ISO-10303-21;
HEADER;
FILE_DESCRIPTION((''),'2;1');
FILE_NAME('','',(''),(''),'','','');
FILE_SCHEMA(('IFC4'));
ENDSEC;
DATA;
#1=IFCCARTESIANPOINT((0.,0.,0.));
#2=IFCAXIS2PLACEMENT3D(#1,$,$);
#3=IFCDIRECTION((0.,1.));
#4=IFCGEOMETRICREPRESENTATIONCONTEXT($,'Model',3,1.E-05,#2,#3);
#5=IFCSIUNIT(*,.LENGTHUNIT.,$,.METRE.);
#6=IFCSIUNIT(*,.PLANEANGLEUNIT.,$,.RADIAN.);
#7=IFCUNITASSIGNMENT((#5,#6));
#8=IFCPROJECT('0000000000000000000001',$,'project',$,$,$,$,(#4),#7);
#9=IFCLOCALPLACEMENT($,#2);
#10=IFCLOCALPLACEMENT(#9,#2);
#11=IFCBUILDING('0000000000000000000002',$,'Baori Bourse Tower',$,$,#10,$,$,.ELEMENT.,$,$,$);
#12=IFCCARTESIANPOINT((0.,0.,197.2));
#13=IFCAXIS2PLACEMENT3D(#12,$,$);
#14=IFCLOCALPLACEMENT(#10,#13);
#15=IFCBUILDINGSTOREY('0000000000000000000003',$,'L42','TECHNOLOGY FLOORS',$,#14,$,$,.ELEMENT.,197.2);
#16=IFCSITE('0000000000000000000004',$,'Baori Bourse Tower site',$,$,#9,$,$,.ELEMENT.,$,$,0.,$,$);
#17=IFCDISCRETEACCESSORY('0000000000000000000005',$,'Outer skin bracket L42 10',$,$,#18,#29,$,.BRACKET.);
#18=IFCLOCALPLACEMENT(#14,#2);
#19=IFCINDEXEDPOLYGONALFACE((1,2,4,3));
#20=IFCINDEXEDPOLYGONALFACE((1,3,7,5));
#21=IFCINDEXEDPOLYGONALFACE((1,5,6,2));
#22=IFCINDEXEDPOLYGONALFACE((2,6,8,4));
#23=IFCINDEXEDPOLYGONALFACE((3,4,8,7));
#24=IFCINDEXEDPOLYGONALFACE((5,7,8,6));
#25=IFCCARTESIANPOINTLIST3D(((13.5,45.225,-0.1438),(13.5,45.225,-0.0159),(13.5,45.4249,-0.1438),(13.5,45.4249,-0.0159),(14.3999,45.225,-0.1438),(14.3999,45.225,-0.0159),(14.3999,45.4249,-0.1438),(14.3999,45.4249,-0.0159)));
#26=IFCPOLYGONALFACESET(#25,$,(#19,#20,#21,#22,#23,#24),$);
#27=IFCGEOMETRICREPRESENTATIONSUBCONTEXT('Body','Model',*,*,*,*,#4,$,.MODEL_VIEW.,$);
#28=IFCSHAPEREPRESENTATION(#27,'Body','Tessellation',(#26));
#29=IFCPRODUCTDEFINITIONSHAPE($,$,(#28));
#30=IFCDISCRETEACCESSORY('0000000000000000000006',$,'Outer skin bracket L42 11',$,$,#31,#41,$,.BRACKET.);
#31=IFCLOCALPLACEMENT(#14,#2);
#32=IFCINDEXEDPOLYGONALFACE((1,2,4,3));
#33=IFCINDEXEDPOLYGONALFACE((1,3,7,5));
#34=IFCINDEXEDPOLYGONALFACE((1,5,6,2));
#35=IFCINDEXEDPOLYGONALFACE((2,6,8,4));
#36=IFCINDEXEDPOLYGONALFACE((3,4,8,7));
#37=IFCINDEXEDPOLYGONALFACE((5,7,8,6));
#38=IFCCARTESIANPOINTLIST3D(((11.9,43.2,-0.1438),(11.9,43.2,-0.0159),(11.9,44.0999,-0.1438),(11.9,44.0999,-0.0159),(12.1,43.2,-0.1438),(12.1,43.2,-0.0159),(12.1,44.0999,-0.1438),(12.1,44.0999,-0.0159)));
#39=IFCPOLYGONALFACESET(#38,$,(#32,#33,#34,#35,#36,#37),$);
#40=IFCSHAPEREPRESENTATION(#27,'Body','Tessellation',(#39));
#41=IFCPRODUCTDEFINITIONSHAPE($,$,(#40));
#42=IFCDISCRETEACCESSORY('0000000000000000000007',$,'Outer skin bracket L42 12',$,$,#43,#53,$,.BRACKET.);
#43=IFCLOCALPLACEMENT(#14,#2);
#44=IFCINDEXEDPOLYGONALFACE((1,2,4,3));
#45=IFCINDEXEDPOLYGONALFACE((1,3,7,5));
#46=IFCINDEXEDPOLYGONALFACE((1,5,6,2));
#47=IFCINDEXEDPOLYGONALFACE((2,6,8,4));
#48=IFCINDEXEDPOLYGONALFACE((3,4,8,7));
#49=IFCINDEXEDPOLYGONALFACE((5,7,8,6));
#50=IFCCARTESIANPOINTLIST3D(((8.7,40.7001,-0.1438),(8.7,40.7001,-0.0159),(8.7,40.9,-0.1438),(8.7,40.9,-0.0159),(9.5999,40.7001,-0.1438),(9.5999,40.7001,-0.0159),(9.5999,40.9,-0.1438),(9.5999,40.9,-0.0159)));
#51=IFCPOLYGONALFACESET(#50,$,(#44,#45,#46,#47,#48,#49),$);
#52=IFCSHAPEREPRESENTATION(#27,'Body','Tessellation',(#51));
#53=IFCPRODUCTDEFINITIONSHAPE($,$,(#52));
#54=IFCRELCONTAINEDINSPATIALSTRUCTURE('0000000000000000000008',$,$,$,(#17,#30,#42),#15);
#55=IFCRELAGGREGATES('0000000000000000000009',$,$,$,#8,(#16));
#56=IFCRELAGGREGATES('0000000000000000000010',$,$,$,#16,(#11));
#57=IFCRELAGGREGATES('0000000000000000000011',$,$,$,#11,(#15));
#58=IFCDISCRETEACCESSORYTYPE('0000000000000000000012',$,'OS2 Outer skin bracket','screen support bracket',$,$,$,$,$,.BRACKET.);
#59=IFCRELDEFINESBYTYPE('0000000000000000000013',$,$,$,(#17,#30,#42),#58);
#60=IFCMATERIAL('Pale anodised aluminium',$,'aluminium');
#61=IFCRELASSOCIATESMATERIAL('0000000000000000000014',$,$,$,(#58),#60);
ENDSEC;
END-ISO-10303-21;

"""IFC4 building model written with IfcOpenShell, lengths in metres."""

from ifc_helpers import new_model, si_unit, direction, frame, origin, origin_2d, place, context, subcontext, project, spatial, rectangle, extrude, material, type_object, element, save


model = new_model("IFC4")

# Units and contexts
model_context = context("Model", 3, precision=1e-05, world=origin(), true_north=direction((0.0, 1.0)))
body_context = subcontext(model_context, "Body", "Model", "MODEL_VIEW")
ifc_project = project(units=[si_unit("LENGTHUNIT", "METRE"), si_unit("PLANEANGLEUNIT", "RADIAN")], contexts=[model_context])

# Site, building, storey
site_placement = place(None, origin())
site = spatial("IfcSite", under=ifc_project, at=site_placement, Name="Baori Bourse Tower site", CompositionType="ELEMENT", RefElevation=0.0)
building_placement = place(site_placement, origin())
building = spatial("IfcBuilding", under=site, at=building_placement, Name="Baori Bourse Tower", CompositionType="ELEMENT")
storey_placement = place(building_placement, frame((0.0, 0.0, 197.2)))
storey = spatial("IfcBuildingStorey", under=building, at=storey_placement, Name="L42", Description="TECHNOLOGY FLOORS", CompositionType="ELEMENT", Elevation=197.2)

# Discrete accessories
ifc_material_1 = material(Name="Pale anodised aluminium", Category="aluminium")
discrete_accessory_type = type_object("IfcDiscreteAccessoryType", Name="OS2 Outer skin bracket", Description="screen support bracket", PredefinedType="BRACKET", material=ifc_material_1)
for number, where, z_axis, x_axis, name in (
    (1, (13.95, 45.325, -0.1438), (0.0, 0.0, 1.0), (0.0, -1.0, 0.0), "Outer skin bracket L42 10"),
    (2, (12.0, 43.6499, -0.1438), (0.0, 0.0, 1.0), (-1.0, 0.0, 0.0), "Outer skin bracket L42 11"),
    (3, (9.1499, 40.8, -0.1438), (0.0, 0.0, 1.0), (0.0, -1.0, 0.0), "Outer skin bracket L42 12"),
):
    element("IfcDiscreteAccessory", number, at=place(storey_placement, frame(where, z_axis=z_axis, x_axis=x_axis)), inside=storey, type_object=discrete_accessory_type, Name=name, PredefinedType="BRACKET", context=body_context, shape_type="SweptSolid", body=[
        extrude(rectangle(XDim=0.2, YDim=0.8999, at=origin_2d()), origin(), (0.0, 0.0, 1.0), 0.1279),
    ])

save(model, "model.ifc")
